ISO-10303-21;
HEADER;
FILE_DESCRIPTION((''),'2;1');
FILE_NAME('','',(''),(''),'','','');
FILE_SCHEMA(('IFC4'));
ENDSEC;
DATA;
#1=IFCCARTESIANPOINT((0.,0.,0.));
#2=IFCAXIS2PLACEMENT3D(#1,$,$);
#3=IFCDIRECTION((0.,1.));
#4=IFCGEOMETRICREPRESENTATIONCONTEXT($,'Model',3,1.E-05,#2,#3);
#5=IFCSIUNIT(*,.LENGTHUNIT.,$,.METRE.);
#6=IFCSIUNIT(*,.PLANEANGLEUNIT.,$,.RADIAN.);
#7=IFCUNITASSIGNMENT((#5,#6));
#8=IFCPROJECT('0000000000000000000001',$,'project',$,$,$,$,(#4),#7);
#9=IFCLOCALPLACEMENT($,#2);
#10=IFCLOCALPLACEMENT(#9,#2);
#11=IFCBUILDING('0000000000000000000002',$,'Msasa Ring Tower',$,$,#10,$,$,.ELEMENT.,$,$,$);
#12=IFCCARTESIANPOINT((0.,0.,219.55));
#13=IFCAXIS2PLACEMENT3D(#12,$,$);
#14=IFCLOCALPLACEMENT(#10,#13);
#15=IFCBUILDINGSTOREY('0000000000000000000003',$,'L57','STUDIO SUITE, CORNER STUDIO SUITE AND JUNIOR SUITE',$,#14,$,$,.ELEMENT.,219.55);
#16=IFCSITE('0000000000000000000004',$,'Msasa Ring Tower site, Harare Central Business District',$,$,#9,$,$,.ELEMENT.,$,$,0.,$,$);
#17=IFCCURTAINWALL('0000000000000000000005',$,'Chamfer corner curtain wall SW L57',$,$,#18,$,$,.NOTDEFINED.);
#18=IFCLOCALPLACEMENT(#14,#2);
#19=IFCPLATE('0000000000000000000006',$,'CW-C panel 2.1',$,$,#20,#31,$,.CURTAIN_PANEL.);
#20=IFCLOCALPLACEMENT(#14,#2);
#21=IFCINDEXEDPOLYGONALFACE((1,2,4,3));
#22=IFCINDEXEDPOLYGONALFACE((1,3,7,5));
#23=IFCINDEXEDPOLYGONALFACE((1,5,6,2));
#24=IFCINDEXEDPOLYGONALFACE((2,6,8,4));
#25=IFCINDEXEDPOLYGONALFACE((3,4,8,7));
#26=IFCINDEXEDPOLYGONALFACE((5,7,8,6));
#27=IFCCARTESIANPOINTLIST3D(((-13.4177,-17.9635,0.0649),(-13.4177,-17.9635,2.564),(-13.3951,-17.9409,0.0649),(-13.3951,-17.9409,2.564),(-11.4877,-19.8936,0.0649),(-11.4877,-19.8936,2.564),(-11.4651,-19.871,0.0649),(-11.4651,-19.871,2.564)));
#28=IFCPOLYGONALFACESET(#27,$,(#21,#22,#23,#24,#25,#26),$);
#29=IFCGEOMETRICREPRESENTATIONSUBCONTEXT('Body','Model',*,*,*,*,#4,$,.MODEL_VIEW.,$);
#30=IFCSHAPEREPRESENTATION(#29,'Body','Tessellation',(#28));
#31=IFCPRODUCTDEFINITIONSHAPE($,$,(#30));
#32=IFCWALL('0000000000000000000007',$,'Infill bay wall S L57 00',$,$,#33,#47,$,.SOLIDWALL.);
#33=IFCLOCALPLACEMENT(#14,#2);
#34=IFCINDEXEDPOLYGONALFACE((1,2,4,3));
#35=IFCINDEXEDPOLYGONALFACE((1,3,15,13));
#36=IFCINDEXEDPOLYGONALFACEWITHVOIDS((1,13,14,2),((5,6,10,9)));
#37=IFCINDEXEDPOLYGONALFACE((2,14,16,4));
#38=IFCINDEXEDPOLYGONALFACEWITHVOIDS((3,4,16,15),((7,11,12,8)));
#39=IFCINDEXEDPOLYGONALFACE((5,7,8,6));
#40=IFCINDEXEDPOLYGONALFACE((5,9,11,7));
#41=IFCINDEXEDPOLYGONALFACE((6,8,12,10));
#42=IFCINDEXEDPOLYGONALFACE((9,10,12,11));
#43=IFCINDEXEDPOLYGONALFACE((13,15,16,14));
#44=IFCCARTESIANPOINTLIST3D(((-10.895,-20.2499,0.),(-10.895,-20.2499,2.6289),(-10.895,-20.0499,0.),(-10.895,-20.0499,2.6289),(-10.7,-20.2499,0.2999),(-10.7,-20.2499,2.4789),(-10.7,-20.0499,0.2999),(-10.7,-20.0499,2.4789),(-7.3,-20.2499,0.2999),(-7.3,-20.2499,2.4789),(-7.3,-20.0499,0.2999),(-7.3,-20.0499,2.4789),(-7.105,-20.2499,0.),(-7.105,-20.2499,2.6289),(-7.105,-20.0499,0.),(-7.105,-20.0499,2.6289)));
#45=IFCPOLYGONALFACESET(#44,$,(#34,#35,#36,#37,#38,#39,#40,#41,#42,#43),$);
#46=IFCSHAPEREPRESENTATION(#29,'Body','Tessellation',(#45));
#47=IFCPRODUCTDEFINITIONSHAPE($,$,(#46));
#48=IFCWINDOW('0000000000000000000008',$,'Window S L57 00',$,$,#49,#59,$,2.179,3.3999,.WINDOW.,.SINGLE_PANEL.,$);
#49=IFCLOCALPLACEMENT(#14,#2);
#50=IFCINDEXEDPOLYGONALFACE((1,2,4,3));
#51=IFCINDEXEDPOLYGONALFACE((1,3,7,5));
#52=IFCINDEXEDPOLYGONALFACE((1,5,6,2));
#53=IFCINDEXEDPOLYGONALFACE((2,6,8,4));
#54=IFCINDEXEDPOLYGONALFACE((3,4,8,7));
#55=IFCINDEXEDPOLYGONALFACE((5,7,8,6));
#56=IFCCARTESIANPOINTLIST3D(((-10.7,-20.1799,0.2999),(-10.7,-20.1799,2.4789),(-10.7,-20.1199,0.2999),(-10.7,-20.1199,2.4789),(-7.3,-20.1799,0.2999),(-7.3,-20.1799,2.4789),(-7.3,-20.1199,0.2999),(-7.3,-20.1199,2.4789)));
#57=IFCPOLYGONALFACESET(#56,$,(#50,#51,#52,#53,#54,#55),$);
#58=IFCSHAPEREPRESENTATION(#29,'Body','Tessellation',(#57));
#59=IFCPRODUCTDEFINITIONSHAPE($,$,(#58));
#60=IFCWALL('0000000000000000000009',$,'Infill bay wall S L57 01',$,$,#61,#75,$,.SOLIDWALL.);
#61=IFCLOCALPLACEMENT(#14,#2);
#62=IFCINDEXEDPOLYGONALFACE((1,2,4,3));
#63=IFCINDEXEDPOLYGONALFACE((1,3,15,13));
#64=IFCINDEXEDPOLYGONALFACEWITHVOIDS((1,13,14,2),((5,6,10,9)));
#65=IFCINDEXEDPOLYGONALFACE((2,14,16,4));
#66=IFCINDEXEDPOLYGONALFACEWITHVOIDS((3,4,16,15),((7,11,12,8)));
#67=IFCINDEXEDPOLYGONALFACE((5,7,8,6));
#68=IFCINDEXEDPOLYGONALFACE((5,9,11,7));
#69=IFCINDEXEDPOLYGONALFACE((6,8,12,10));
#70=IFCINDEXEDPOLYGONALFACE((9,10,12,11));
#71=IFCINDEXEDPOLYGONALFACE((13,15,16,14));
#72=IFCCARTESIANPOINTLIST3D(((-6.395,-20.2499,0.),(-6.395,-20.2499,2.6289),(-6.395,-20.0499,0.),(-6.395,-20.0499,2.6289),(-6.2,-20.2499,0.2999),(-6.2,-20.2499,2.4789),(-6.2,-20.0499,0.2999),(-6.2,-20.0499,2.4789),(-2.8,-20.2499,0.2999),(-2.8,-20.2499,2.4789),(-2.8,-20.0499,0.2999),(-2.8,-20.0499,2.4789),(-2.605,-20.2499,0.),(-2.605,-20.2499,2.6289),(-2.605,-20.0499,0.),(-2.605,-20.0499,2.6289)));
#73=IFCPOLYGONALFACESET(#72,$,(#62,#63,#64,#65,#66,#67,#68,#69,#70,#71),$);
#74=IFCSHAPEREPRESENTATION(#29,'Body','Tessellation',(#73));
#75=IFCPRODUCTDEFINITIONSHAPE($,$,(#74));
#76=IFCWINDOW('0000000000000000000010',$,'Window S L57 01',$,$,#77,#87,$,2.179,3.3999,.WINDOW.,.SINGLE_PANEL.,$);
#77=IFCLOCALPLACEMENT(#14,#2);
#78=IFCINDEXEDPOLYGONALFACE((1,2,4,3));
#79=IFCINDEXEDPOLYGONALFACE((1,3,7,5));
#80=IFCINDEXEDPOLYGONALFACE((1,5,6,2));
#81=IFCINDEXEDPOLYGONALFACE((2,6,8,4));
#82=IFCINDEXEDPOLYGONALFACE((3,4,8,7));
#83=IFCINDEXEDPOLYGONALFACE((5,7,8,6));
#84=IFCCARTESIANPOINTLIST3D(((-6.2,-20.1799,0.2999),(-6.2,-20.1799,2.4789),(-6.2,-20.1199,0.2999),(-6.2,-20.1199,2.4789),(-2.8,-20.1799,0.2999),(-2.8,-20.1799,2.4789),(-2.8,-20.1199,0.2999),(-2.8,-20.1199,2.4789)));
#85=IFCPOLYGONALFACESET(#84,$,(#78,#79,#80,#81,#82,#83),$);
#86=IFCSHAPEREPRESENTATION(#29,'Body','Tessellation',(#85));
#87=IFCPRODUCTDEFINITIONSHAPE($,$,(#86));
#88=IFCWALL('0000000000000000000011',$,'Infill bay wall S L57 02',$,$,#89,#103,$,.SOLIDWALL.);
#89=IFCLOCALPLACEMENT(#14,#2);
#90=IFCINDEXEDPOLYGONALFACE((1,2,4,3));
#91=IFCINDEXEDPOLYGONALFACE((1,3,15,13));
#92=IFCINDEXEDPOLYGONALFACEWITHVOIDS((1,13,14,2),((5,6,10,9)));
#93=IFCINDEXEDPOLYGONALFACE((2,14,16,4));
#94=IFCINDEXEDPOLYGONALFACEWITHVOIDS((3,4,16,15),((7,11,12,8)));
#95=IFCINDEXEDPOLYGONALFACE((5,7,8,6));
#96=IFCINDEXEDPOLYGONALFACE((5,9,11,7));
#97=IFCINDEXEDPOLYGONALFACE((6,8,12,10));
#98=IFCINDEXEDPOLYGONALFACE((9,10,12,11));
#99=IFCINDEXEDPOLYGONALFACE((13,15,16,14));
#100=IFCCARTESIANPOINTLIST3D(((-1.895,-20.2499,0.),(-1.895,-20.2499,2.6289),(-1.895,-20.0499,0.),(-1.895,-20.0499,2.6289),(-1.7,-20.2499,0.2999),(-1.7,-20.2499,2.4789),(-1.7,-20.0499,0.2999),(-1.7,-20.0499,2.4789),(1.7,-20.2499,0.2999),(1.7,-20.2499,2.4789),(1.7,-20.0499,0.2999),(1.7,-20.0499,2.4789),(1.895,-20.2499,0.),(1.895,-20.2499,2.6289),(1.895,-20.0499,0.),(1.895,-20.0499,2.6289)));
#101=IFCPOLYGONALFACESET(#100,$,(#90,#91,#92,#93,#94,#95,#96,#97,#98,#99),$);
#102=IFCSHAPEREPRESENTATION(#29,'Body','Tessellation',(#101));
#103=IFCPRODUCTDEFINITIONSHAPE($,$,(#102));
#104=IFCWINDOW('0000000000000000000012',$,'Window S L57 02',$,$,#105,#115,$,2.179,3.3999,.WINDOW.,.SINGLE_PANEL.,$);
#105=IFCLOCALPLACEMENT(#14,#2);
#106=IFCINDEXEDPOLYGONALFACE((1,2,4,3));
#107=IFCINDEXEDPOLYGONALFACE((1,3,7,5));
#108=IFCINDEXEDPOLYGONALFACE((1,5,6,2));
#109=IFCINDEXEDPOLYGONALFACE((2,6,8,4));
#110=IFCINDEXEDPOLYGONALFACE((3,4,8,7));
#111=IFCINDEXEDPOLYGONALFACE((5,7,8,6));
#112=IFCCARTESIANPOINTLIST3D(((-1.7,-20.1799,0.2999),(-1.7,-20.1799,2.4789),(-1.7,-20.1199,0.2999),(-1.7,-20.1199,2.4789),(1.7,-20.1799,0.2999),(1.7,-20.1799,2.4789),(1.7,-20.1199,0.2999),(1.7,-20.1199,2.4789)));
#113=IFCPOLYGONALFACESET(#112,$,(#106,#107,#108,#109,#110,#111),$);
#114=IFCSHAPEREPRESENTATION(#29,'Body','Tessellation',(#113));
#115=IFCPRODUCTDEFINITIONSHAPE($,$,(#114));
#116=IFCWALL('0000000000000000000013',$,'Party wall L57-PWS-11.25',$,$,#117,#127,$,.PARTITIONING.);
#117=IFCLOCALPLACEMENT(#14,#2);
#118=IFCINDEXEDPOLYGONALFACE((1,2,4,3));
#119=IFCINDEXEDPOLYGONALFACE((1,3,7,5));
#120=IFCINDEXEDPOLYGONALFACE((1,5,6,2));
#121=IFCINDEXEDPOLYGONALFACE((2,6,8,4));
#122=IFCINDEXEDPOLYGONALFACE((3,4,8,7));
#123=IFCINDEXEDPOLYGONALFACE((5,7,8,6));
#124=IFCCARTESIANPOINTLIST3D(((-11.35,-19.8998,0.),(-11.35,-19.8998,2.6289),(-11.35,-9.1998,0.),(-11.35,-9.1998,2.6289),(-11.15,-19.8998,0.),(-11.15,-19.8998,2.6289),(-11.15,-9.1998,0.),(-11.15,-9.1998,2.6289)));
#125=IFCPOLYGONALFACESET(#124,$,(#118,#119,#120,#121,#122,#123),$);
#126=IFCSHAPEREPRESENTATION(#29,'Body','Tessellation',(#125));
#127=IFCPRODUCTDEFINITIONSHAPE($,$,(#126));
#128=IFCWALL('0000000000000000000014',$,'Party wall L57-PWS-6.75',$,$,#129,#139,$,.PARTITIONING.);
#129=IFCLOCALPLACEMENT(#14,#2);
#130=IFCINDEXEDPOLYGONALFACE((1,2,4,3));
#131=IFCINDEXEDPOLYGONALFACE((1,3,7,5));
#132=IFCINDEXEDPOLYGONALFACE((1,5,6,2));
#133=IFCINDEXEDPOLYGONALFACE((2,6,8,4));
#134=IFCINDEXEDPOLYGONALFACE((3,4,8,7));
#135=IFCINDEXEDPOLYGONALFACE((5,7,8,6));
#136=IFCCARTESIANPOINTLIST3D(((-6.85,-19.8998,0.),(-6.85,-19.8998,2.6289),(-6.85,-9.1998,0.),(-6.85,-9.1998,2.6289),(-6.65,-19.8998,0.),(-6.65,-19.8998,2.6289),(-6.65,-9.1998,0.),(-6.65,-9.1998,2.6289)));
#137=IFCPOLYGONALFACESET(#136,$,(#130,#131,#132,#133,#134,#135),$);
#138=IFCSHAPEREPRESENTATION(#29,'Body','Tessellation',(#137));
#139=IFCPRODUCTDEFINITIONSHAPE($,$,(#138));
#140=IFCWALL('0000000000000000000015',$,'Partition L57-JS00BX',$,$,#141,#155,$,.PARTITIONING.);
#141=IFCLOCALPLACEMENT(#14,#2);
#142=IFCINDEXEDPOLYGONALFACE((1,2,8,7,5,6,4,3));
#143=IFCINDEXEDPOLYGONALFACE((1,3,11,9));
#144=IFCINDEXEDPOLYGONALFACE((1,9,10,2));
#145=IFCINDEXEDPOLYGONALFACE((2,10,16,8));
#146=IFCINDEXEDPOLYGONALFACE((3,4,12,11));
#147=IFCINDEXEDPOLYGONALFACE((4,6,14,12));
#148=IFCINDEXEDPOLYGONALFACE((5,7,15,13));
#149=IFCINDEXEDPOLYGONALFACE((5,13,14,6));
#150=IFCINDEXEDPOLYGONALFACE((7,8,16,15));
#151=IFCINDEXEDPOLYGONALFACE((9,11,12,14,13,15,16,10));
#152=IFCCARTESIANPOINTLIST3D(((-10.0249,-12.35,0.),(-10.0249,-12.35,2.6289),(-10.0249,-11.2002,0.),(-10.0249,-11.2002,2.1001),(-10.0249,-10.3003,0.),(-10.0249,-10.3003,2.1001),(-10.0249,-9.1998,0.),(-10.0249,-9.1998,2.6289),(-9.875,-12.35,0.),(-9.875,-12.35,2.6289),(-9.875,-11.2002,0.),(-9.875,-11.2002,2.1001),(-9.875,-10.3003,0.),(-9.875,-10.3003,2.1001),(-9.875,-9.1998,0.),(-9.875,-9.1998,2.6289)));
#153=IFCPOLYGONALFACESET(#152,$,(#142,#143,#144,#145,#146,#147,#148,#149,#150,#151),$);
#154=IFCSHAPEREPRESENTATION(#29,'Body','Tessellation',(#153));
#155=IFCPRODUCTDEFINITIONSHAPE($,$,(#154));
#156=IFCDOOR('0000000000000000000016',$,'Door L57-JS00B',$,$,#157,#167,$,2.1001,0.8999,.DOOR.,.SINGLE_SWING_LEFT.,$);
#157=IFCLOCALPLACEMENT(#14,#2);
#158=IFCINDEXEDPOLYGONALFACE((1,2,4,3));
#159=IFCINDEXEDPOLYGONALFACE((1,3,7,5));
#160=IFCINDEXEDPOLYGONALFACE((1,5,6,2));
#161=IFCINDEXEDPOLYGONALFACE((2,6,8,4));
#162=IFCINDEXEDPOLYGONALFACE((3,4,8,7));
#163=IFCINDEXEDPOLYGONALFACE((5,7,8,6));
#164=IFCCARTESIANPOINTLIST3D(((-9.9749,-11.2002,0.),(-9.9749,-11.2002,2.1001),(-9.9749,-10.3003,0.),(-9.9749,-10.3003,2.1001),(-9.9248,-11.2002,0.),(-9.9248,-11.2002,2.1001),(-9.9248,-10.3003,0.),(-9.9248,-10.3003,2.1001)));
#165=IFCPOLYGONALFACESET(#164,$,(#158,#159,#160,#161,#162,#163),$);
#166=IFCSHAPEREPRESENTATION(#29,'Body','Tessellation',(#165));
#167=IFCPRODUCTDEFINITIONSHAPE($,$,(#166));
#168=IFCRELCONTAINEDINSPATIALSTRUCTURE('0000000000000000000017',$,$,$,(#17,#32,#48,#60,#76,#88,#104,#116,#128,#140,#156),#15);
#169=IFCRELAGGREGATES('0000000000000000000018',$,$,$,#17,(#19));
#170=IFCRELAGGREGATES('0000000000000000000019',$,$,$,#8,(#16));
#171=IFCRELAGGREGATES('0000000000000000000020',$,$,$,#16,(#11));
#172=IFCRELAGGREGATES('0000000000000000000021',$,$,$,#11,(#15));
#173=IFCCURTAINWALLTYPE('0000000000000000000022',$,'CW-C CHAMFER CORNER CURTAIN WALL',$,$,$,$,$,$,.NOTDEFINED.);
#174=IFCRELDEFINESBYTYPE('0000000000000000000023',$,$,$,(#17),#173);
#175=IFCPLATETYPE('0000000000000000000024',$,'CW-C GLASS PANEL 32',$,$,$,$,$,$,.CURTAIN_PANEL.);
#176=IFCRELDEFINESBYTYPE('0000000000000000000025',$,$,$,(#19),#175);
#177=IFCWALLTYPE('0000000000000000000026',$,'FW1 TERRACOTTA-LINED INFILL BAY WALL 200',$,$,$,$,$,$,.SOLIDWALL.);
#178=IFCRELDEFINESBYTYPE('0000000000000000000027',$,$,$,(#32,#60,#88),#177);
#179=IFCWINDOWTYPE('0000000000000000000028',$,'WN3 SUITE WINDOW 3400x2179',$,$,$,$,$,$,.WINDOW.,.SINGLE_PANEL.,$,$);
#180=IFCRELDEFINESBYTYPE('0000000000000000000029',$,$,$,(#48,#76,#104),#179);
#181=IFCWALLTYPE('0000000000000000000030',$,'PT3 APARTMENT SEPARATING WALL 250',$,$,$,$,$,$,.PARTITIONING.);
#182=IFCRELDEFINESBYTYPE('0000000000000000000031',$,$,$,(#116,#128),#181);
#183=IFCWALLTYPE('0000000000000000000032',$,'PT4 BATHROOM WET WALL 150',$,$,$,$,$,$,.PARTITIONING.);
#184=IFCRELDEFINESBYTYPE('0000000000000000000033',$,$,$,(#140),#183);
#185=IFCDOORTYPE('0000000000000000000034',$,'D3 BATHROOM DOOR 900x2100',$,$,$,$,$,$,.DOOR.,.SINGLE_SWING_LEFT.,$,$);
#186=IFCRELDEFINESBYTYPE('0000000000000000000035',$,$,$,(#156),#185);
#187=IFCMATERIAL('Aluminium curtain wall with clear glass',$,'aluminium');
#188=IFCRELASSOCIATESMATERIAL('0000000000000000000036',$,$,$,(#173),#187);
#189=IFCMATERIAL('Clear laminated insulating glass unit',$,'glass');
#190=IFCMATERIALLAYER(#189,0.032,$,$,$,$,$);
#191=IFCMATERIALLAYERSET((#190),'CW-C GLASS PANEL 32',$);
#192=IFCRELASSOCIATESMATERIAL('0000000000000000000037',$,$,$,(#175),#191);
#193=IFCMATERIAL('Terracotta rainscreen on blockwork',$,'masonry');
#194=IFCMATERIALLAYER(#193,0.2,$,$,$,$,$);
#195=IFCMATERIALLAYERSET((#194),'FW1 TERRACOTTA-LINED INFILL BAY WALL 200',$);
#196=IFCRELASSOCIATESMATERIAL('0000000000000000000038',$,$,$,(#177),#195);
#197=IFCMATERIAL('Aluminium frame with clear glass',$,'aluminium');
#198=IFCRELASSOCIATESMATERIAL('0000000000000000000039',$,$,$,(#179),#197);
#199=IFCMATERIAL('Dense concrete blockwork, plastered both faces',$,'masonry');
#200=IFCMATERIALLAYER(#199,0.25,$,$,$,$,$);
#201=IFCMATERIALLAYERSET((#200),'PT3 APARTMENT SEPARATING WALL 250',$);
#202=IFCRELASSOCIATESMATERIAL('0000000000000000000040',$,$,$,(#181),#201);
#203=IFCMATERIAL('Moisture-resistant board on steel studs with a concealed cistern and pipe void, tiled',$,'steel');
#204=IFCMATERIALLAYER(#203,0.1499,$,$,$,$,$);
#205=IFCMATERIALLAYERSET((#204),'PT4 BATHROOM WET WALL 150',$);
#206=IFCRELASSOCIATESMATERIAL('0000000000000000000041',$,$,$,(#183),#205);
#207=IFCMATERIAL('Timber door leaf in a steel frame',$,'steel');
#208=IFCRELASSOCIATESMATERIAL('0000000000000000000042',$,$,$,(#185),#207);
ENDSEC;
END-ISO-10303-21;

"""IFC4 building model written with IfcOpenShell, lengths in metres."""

from ifc_helpers import new_model, si_unit, direction, frame, frame_2d, origin, origin_2d, place, context, subcontext, project, spatial, rectangle, extrude, material, layer, layer_set, type_object, element, fill, aggregate, save


model = new_model("IFC4")

# Units and contexts
model_context = context("Model", 3, precision=1e-05, world=origin(), true_north=direction((0.0, 1.0)))
body_context = subcontext(model_context, "Body", "Model", "MODEL_VIEW")
ifc_project = project(units=[si_unit("LENGTHUNIT", "METRE"), si_unit("PLANEANGLEUNIT", "RADIAN")], contexts=[model_context])

# Site, building, storey
site_placement = place(None, origin())
site = spatial("IfcSite", under=ifc_project, at=site_placement, Name="Msasa Ring Tower site, Harare Central Business District", CompositionType="ELEMENT", RefElevation=0.0)
building_placement = place(site_placement, origin())
building = spatial("IfcBuilding", under=site, at=building_placement, Name="Msasa Ring Tower", CompositionType="ELEMENT")
storey_placement = place(building_placement, frame((0.0, 0.0, 219.55)))
storey = spatial("IfcBuildingStorey", under=building, at=storey_placement, Name="L57", Description="STUDIO SUITE, CORNER STUDIO SUITE AND JUNIOR SUITE", CompositionType="ELEMENT", Elevation=219.55)

# Curtain wall
ifc_material_1 = material(Name="Aluminium curtain wall with clear glass", Category="aluminium")
curtain_wall_type = type_object("IfcCurtainWallType", Name="CW-C CHAMFER CORNER CURTAIN WALL", PredefinedType="NOTDEFINED", material=ifc_material_1)
curtain_wall_placement = place(storey_placement, origin())
curtain_wall = element("IfcCurtainWall", 1, at=curtain_wall_placement, inside=storey, type_object=curtain_wall_type, Name="Chamfer corner curtain wall SW L57", PredefinedType="NOTDEFINED")

# Plate
ifc_material_2 = material(Name="Clear laminated insulating glass unit", Category="glass")
ifc_layer_1 = layer(ifc_material_2, 0.032)
ifc_layer_set_1 = layer_set([ifc_layer_1], Name="CW-C GLASS PANEL 32")
plate_type = type_object("IfcPlateType", Name="CW-C GLASS PANEL 32", PredefinedType="CURTAIN_PANEL", material=ifc_layer_set_1)
plate_placement = place(storey_placement, frame((-12.4414, -18.9172, 0.0649), z_axis=(0.0, 0.0, 1.0), x_axis=(0.707107, -0.707107, 0.0)))
plate = element("IfcPlate", 2, at=plate_placement, type_object=plate_type, Name="CW-C panel 2.1", PredefinedType="CURTAIN_PANEL", context=body_context, shape_type="SweptSolid", body=[
    extrude(rectangle(XDim=2.7295, YDim=0.032, at=origin_2d()), origin(), (0.0, 0.0, 1.0), 2.499),
])
aggregate(curtain_wall, [plate])

# Walls, openings, windows
ifc_material_3 = material(Name="Terracotta rainscreen on blockwork", Category="masonry")
ifc_layer_2 = layer(ifc_material_3, 0.2)
ifc_layer_set_2 = layer_set([ifc_layer_2], Name="FW1 TERRACOTTA-LINED INFILL BAY WALL 200")
wall_type_1 = type_object("IfcWallType", Name="FW1 TERRACOTTA-LINED INFILL BAY WALL 200", PredefinedType="SOLIDWALL", material=ifc_layer_set_2)
wall_1_placement = place(storey_placement, frame((-10.895, -20.1499, 0.0), z_axis=(0.0, 0.0, 1.0), x_axis=(1.0, 0.0, 0.0)))
wall_1 = element("IfcWall", 3, at=wall_1_placement, inside=storey, type_object=wall_type_1, Name="Infill bay wall S L57 00", PredefinedType="SOLIDWALL", context=body_context, shape_type="SweptSolid", body=[
    extrude(rectangle(XDim=3.79, YDim=0.2, at=frame_2d((1.895, 0.0))), origin(), (0.0, 0.0, 1.0), 2.6289),
])
opening_1_placement = place(wall_1_placement, frame((0.1951, 0.0, 0.3)))
opening_1 = element("IfcOpeningElement", 4, at=opening_1_placement, cuts=wall_1, PredefinedType="OPENING", context=body_context, shape_type="SweptSolid", body=[
    extrude(rectangle(XDim=3.3999, YDim=2.179, at=frame_2d((1.7, 1.0894))), frame((0.0, 0.1099, 0.0), z_axis=(0.0, -1.0, 0.0), x_axis=(1.0, 0.0, 0.0)), (0.0, 0.0, 1.0), 0.22),
])
ifc_material_4 = material(Name="Aluminium frame with clear glass", Category="aluminium")
window_type = type_object("IfcWindowType", Name="WN3 SUITE WINDOW 3400x2179", PartitioningType="SINGLE_PANEL", PredefinedType="WINDOW", material=ifc_material_4)
window_1_placement = place(opening_1_placement, origin())
window_1 = element("IfcWindow", 5, at=window_1_placement, inside=storey, type_object=window_type, Name="Window S L57 00", OverallHeight=2.179, OverallWidth=3.3999, PartitioningType="SINGLE_PANEL", PredefinedType="WINDOW", context=body_context, shape_type="SweptSolid", body=[
    extrude(rectangle(XDim=3.3999, YDim=2.179, at=frame_2d((1.7, 1.0894))), frame((0.0, 0.03, 0.0), z_axis=(0.0, -1.0, 0.0), x_axis=(1.0, 0.0, 0.0)), (0.0, 0.0, 1.0), 0.0601),
])
fill(opening_1, window_1)
wall_2_placement = place(storey_placement, frame((-6.395, -20.1499, 0.0), z_axis=(0.0, 0.0, 1.0), x_axis=(1.0, 0.0, 0.0)))
wall_2 = element("IfcWall", 6, at=wall_2_placement, inside=storey, type_object=wall_type_1, Name="Infill bay wall S L57 01", PredefinedType="SOLIDWALL", context=body_context, shape_type="SweptSolid", body=[
    extrude(rectangle(XDim=3.79, YDim=0.2, at=frame_2d((1.895, 0.0))), origin(), (0.0, 0.0, 1.0), 2.6289),
])
opening_2_placement = place(wall_2_placement, frame((0.1951, 0.0, 0.3)))
opening_2 = element("IfcOpeningElement", 7, at=opening_2_placement, cuts=wall_2, PredefinedType="OPENING", context=body_context, shape_type="SweptSolid", body=[
    extrude(rectangle(XDim=3.3999, YDim=2.179, at=frame_2d((1.7, 1.0894))), frame((0.0, 0.1099, 0.0), z_axis=(0.0, -1.0, 0.0), x_axis=(1.0, 0.0, 0.0)), (0.0, 0.0, 1.0), 0.22),
])
window_2_placement = place(opening_2_placement, origin())
window_2 = element("IfcWindow", 8, at=window_2_placement, inside=storey, type_object=window_type, Name="Window S L57 01", OverallHeight=2.179, OverallWidth=3.3999, PartitioningType="SINGLE_PANEL", PredefinedType="WINDOW", context=body_context, shape_type="SweptSolid", body=[
    extrude(rectangle(XDim=3.3999, YDim=2.179, at=frame_2d((1.7, 1.0894))), frame((0.0, 0.03, 0.0), z_axis=(0.0, -1.0, 0.0), x_axis=(1.0, 0.0, 0.0)), (0.0, 0.0, 1.0), 0.0601),
])
fill(opening_2, window_2)
wall_3_placement = place(storey_placement, frame((-1.895, -20.1499, 0.0), z_axis=(0.0, 0.0, 1.0), x_axis=(1.0, 0.0, 0.0)))
wall_3 = element("IfcWall", 9, at=wall_3_placement, inside=storey, type_object=wall_type_1, Name="Infill bay wall S L57 02", PredefinedType="SOLIDWALL", context=body_context, shape_type="SweptSolid", body=[
    extrude(rectangle(XDim=3.79, YDim=0.2, at=frame_2d((1.895, 0.0))), origin(), (0.0, 0.0, 1.0), 2.6289),
])
opening_3_placement = place(wall_3_placement, frame((0.1951, 0.0, 0.3)))
opening_3 = element("IfcOpeningElement", 10, at=opening_3_placement, cuts=wall_3, PredefinedType="OPENING", context=body_context, shape_type="SweptSolid", body=[
    extrude(rectangle(XDim=3.3999, YDim=2.179, at=frame_2d((1.7, 1.0894))), frame((0.0, 0.1099, 0.0), z_axis=(0.0, -1.0, 0.0), x_axis=(1.0, 0.0, 0.0)), (0.0, 0.0, 1.0), 0.22),
])
window_3_placement = place(opening_3_placement, origin())
window_3 = element("IfcWindow", 11, at=window_3_placement, inside=storey, type_object=window_type, Name="Window S L57 02", OverallHeight=2.179, OverallWidth=3.3999, PartitioningType="SINGLE_PANEL", PredefinedType="WINDOW", context=body_context, shape_type="SweptSolid", body=[
    extrude(rectangle(XDim=3.3999, YDim=2.179, at=frame_2d((1.7, 1.0894))), frame((0.0, 0.03, 0.0), z_axis=(0.0, -1.0, 0.0), x_axis=(1.0, 0.0, 0.0)), (0.0, 0.0, 1.0), 0.0601),
])
fill(opening_3, window_3)

# Walls
ifc_material_5 = material(Name="Dense concrete blockwork, plastered both faces", Category="masonry")
ifc_layer_3 = layer(ifc_material_5, 0.25)
ifc_layer_set_3 = layer_set([ifc_layer_3], Name="PT3 APARTMENT SEPARATING WALL 250")
wall_type_2 = type_object("IfcWallType", Name="PT3 APARTMENT SEPARATING WALL 250", PredefinedType="PARTITIONING", material=ifc_layer_set_3)
for number, where, z_axis, x_axis, name in (
    (12, (-11.25, -19.8999, 0.0), (0.0, 0.0, 1.0), (0.0, 1.0, 0.0), "Party wall L57-PWS-11.25"),
    (13, (-6.75, -19.8999, 0.0), (0.0, 0.0, 1.0), (0.0, 1.0, 0.0), "Party wall L57-PWS-6.75"),
):
    element("IfcWall", number, at=place(storey_placement, frame(where, z_axis=z_axis, x_axis=x_axis)), inside=storey, type_object=wall_type_2, Name=name, PredefinedType="PARTITIONING", context=body_context, shape_type="SweptSolid", body=[
        extrude(rectangle(XDim=10.7, YDim=0.2, at=frame_2d((5.3501, 0.0))), origin(), (0.0, 0.0, 1.0), 2.6289),
    ])

# Wall, opening, door
ifc_material_6 = material(Name="Moisture-resistant board on steel studs with a concealed cistern and pipe void, tiled", Category="steel")
ifc_layer_4 = layer(ifc_material_6, 0.1499)
ifc_layer_set_4 = layer_set([ifc_layer_4], Name="PT4 BATHROOM WET WALL 150")
wall_type_3 = type_object("IfcWallType", Name="PT4 BATHROOM WET WALL 150", PredefinedType="PARTITIONING", material=ifc_layer_set_4)
wall_4_placement = place(storey_placement, frame((-9.95, -12.3501, 0.0), z_axis=(0.0, 0.0, 1.0), x_axis=(0.0, 1.0, 0.0)))
wall_4 = element("IfcWall", 14, at=wall_4_placement, inside=storey, type_object=wall_type_3, Name="Partition L57-JS00BX", PredefinedType="PARTITIONING", context=body_context, shape_type="SweptSolid", body=[
    extrude(rectangle(XDim=3.1501, YDim=0.1499, at=frame_2d((1.5752, 0.0))), origin(), (0.0, 0.0, 1.0), 2.6289),
])
opening_4_placement = place(wall_4_placement, frame((1.1499, 0.0, 0.0)))
opening_4 = element("IfcOpeningElement", 15, at=opening_4_placement, cuts=wall_4, PredefinedType="OPENING", context=body_context, shape_type="SweptSolid", body=[
    extrude(rectangle(XDim=0.8999, YDim=2.1001, at=frame_2d((0.45, 1.05))), frame((0.0, 0.085, 0.0), z_axis=(0.0, -1.0, 0.0), x_axis=(1.0, 0.0, 0.0)), (0.0, 0.0, 1.0), 0.1699),
])
ifc_material_7 = material(Name="Timber door leaf in a steel frame", Category="steel")
door_type = type_object("IfcDoorType", Name="D3 BATHROOM DOOR 900x2100", OperationType="SINGLE_SWING_LEFT", PredefinedType="DOOR", material=ifc_material_7)
door_1_placement = place(opening_4_placement, origin())
door_1 = element("IfcDoor", 16, at=door_1_placement, inside=storey, type_object=door_type, Name="Door L57-JS00B", OperationType="SINGLE_SWING_LEFT", OverallHeight=2.1001, OverallWidth=0.8999, PredefinedType="DOOR", context=body_context, shape_type="SweptSolid", body=[
    extrude(rectangle(XDim=0.8999, YDim=2.1001, at=frame_2d((0.45, 1.05))), frame((0.0, 0.0249, 0.0), z_axis=(0.0, -1.0, 0.0), x_axis=(1.0, 0.0, 0.0)), (0.0, 0.0, 1.0), 0.05),
])
fill(opening_4, door_1)

save(model, "model.ifc")
